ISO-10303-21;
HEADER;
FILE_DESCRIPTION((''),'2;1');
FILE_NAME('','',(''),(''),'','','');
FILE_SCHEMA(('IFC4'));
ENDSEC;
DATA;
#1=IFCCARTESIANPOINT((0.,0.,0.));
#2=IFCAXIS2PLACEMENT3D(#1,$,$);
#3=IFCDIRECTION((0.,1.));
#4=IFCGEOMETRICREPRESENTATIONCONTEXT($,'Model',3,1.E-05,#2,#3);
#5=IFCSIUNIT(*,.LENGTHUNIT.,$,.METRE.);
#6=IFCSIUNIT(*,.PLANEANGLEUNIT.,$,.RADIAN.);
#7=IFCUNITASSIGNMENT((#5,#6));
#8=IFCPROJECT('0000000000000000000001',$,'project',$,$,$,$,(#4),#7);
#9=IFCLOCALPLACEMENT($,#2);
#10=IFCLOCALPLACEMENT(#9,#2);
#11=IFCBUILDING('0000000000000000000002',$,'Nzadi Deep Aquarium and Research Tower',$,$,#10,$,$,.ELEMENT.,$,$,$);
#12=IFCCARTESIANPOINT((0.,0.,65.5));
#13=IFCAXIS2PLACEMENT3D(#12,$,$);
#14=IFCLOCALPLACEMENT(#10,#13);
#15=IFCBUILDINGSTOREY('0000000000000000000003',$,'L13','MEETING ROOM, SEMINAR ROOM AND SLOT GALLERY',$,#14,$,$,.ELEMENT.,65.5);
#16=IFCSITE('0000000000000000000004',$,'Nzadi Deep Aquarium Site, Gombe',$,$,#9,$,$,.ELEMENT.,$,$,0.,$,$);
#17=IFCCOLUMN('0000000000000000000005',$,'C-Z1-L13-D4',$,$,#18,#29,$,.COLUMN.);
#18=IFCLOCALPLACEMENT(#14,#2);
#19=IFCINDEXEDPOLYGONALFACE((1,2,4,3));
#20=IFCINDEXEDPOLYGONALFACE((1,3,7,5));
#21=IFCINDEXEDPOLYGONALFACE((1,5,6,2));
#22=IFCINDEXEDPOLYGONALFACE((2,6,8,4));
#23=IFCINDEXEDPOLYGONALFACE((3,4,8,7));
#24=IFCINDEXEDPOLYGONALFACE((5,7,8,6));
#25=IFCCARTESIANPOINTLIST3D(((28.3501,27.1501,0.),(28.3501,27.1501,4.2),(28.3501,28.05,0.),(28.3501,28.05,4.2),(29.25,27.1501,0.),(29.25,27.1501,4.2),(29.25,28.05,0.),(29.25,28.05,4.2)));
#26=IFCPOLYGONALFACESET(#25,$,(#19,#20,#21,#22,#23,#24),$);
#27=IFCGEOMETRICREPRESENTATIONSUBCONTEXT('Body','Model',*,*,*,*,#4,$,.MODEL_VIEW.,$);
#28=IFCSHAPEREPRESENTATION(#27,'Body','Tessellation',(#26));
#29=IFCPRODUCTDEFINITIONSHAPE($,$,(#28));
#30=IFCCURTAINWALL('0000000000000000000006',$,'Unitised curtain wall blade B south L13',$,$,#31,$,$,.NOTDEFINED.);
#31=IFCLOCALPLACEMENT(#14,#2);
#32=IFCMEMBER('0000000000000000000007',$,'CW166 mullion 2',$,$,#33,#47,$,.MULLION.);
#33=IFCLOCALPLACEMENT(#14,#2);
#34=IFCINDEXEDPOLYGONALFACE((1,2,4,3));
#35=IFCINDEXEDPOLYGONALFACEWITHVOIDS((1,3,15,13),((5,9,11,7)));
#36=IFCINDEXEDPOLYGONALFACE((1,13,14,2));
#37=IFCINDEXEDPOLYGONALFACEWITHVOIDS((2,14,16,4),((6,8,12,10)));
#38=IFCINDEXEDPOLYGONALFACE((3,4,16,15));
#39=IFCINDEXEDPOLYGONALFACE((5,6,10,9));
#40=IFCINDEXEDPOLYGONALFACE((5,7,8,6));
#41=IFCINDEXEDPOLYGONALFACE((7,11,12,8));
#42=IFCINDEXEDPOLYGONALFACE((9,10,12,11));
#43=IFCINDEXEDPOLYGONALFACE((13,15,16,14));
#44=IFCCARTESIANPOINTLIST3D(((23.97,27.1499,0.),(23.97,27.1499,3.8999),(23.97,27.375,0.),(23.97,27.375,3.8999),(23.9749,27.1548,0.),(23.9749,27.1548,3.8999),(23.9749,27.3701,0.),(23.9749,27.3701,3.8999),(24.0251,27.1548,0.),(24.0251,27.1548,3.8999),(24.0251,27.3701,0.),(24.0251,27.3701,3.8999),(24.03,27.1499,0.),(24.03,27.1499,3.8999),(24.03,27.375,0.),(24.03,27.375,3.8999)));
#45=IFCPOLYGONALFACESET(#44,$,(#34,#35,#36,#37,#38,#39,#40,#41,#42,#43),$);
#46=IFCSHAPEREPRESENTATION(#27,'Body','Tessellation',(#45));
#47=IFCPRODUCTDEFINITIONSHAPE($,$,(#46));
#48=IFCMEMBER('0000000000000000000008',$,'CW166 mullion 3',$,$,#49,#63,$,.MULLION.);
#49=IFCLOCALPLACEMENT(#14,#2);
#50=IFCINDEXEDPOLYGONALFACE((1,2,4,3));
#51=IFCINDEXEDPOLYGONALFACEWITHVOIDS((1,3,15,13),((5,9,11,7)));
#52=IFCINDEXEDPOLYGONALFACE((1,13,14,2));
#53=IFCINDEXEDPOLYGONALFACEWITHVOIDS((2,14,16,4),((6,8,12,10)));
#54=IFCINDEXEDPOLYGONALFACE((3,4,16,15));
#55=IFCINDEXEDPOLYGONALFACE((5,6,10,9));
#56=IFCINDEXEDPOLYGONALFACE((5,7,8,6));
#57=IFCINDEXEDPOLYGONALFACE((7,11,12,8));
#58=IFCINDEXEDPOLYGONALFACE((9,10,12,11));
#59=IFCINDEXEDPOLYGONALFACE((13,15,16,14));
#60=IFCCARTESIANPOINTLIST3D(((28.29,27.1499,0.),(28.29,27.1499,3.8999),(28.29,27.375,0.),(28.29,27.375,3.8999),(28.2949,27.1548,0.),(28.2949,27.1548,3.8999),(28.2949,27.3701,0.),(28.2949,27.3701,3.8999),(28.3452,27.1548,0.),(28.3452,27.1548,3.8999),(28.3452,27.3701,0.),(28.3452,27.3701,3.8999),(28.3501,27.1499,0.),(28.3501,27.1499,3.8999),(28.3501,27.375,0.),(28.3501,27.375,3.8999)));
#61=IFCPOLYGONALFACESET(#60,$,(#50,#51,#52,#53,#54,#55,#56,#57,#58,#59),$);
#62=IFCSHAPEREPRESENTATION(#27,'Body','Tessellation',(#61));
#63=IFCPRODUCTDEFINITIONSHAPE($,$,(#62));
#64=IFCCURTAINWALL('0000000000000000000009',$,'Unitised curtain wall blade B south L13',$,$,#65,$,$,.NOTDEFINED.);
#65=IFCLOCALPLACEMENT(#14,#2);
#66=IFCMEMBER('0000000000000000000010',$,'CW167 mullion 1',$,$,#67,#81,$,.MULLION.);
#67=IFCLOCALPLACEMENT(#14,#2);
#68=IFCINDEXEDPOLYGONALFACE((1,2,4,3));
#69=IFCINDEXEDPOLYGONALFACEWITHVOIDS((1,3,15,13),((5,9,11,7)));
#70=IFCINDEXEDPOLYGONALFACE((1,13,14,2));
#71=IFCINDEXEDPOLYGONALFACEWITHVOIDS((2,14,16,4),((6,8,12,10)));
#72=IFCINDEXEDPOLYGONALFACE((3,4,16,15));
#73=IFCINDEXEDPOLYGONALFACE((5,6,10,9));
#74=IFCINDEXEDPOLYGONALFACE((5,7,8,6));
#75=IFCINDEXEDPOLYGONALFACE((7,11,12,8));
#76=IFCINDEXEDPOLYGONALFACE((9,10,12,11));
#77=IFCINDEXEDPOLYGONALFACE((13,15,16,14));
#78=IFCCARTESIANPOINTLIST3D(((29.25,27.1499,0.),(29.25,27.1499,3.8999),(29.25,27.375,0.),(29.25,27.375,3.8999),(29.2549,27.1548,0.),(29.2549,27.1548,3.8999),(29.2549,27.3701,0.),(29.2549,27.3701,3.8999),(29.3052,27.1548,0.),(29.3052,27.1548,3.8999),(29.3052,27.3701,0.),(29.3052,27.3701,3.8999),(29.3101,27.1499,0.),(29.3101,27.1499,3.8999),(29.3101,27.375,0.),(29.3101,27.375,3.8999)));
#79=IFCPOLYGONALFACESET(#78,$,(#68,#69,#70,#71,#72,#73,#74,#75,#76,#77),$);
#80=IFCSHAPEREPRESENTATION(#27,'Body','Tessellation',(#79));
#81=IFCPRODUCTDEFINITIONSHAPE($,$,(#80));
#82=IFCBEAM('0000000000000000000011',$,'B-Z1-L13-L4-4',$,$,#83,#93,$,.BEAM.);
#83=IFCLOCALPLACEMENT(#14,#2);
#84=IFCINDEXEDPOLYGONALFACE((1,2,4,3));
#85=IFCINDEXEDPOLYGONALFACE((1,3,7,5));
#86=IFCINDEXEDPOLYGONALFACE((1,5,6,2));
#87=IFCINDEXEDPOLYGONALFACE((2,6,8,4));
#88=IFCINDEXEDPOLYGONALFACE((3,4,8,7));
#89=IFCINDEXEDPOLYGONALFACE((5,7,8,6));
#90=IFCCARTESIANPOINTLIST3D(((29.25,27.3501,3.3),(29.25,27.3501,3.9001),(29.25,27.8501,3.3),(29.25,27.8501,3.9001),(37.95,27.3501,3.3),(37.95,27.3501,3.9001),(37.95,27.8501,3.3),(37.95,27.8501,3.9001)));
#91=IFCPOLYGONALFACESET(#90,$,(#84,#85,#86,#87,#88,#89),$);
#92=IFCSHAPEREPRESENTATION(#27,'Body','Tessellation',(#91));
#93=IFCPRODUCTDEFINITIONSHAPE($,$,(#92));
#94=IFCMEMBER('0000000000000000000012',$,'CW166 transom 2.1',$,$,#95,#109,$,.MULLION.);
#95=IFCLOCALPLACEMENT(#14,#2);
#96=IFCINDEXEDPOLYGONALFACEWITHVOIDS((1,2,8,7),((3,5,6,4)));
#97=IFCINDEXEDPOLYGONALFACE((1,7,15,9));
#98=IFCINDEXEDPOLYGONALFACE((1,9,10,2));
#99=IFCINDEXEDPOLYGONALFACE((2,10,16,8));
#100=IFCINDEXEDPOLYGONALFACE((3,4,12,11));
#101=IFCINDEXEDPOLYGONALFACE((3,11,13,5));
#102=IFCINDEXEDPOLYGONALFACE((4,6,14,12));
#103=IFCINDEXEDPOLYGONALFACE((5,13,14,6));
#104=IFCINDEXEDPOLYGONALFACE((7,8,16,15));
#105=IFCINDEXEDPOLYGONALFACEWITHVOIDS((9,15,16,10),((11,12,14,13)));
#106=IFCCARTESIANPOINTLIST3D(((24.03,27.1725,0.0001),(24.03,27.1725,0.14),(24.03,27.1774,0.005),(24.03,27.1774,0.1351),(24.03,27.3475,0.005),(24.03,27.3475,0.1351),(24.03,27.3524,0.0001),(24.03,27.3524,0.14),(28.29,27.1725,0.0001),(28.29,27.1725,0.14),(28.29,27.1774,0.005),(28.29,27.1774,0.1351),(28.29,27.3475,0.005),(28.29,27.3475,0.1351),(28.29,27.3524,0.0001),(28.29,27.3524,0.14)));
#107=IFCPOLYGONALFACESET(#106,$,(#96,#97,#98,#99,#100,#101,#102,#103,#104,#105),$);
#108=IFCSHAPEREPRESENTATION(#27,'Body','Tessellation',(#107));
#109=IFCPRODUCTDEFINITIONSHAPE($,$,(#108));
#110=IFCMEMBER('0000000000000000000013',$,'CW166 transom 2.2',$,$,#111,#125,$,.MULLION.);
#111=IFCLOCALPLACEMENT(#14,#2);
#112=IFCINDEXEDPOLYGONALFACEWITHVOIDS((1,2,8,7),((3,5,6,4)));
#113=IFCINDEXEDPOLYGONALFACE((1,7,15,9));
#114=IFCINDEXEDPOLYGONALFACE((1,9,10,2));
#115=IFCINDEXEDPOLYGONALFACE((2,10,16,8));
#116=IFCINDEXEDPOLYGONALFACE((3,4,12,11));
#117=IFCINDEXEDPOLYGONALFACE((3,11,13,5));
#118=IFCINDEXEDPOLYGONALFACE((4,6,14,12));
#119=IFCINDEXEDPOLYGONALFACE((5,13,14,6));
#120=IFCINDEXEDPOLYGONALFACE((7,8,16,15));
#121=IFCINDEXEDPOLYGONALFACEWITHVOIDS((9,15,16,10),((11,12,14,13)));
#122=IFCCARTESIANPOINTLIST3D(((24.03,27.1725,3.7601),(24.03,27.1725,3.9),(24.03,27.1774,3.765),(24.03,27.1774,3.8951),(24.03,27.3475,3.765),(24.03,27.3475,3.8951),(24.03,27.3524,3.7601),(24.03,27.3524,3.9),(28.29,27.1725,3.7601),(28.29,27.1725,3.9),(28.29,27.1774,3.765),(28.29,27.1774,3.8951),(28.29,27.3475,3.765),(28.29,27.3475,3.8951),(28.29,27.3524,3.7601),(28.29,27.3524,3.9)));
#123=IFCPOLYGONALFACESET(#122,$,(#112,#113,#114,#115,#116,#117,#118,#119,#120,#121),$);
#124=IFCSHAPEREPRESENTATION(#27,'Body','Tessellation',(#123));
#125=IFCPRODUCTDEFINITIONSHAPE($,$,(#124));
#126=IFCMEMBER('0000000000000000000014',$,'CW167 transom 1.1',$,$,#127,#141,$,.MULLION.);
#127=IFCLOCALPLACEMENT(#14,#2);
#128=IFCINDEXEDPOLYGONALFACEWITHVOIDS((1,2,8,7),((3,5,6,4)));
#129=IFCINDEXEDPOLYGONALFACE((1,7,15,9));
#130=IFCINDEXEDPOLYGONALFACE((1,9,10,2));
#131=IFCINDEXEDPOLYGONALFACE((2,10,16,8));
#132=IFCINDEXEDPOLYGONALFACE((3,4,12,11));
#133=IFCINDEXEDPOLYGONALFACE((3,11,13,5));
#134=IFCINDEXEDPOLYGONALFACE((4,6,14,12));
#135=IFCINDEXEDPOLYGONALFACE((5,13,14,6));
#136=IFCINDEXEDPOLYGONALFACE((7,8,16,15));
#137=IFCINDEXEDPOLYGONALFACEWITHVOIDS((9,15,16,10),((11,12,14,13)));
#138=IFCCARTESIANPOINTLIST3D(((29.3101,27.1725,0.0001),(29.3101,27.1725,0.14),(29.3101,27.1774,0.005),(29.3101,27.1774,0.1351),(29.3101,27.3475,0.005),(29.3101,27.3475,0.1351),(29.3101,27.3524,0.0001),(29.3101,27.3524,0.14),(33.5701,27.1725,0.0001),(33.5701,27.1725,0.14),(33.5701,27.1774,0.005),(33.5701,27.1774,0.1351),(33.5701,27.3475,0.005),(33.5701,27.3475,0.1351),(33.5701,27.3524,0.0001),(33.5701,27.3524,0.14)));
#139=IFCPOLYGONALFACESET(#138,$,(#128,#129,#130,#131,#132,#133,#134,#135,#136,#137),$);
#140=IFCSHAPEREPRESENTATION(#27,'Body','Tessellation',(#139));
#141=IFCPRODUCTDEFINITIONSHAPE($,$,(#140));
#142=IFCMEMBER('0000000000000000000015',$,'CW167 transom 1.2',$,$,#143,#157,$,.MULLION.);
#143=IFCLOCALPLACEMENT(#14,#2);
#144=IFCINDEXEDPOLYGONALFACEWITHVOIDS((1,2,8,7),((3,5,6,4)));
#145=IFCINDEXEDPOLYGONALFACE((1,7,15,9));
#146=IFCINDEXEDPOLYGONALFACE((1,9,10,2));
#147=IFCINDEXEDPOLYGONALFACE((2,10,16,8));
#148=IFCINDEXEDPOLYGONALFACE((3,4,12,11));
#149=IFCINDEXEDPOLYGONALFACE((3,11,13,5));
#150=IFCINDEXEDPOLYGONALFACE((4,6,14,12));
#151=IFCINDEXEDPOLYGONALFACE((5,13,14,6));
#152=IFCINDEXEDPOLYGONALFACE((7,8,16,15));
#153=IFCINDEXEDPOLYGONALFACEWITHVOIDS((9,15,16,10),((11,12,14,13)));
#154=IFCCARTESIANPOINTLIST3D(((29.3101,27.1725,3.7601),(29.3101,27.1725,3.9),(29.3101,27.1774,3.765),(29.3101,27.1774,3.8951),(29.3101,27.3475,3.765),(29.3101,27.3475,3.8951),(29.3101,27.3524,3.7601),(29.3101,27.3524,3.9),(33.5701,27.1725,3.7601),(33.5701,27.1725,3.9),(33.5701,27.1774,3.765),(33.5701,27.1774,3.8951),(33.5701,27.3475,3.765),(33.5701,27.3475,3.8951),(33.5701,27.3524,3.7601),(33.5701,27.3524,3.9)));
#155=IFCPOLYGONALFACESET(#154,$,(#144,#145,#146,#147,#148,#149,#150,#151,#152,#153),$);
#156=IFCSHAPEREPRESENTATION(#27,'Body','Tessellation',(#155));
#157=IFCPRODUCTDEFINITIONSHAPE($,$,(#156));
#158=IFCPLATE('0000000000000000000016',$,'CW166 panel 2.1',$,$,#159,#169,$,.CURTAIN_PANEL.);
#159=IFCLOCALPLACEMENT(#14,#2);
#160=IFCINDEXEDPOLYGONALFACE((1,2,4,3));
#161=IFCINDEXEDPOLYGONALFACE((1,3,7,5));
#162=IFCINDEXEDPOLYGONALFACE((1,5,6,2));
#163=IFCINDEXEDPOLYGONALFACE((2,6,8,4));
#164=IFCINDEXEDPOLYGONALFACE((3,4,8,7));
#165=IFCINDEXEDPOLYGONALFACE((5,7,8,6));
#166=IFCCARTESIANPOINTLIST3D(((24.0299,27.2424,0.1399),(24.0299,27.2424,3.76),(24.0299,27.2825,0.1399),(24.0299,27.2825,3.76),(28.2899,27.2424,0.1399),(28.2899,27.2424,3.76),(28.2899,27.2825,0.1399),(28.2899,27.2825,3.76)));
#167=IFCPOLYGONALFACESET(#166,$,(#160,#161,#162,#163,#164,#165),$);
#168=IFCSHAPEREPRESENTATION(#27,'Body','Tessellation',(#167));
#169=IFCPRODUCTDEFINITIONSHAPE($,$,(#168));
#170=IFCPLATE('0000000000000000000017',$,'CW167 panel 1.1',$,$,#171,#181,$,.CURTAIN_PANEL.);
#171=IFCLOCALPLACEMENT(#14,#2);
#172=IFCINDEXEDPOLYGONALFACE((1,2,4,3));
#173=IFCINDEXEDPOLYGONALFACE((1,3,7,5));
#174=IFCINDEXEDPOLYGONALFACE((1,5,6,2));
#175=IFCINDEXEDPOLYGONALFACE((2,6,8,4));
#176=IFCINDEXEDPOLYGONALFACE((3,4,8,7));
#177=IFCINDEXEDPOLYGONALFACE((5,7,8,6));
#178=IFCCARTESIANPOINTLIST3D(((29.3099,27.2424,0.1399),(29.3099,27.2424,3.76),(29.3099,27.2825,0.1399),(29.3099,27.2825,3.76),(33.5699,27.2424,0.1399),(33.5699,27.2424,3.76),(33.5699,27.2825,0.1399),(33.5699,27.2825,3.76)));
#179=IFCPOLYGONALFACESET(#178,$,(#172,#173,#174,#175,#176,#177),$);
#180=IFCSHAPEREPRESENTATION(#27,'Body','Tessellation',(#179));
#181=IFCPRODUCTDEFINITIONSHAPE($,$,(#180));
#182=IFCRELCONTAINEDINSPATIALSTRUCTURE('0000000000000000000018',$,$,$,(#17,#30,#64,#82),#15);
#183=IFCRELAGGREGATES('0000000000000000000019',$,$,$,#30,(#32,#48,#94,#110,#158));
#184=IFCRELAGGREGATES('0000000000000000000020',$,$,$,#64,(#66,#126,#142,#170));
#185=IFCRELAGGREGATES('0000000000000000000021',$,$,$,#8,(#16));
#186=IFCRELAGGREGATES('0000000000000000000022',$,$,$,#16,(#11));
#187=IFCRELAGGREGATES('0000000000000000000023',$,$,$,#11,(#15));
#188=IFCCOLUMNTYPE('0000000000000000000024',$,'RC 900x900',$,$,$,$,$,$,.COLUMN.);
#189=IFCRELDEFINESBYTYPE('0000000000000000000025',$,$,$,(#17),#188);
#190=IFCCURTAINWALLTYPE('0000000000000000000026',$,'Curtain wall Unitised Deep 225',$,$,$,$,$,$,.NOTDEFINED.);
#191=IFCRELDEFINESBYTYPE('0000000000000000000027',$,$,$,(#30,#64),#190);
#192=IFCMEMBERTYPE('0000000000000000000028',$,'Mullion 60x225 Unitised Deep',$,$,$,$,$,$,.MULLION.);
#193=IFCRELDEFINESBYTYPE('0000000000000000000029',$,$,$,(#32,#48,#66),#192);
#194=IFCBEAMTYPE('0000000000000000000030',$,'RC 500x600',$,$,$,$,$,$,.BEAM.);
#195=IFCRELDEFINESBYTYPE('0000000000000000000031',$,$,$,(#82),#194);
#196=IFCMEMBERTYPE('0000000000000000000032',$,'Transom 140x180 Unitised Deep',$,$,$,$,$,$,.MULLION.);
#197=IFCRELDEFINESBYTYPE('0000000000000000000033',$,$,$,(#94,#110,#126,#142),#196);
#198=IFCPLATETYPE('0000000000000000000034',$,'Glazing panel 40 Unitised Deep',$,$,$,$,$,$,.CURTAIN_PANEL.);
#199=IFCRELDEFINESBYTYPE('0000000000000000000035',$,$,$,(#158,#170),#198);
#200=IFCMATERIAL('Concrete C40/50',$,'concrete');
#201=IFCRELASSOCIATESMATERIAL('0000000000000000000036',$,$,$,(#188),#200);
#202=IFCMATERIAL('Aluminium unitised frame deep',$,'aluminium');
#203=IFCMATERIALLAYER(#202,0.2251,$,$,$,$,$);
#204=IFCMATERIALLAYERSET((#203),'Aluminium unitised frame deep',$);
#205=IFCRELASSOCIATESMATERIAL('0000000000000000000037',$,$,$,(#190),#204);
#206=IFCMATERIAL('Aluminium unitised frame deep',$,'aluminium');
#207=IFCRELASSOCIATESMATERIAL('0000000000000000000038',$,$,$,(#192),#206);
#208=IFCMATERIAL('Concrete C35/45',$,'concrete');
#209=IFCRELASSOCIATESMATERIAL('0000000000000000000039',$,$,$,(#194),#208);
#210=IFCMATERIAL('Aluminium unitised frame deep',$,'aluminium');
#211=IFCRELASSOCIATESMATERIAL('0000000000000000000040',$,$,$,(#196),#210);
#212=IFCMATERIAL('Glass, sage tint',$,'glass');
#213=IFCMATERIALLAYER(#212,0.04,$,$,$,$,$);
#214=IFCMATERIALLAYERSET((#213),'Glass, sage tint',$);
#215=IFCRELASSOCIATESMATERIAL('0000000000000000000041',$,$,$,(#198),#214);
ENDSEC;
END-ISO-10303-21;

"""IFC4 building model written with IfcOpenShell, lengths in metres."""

from ifc_helpers import new_model, si_unit, direction, frame, origin, origin_2d, place, context, subcontext, project, spatial, rectangle, hollow_rectangle, extrude, material, layer, layer_set, material_profile, profile_set, type_object, element, aggregate, save


model = new_model("IFC4")

# Units and contexts
model_context = context("Model", 3, precision=1e-05, world=origin(), true_north=direction((0.0, 1.0)))
body_context = subcontext(model_context, "Body", "Model", "MODEL_VIEW")
ifc_project = project(units=[si_unit("LENGTHUNIT", "METRE"), si_unit("PLANEANGLEUNIT", "RADIAN")], contexts=[model_context])

# Site, building, storey
site_placement = place(None, origin())
site = spatial("IfcSite", under=ifc_project, at=site_placement, Name="Nzadi Deep Aquarium Site, Gombe", CompositionType="ELEMENT", RefElevation=0.0)
building_placement = place(site_placement, origin())
building = spatial("IfcBuilding", under=site, at=building_placement, Name="Nzadi Deep Aquarium and Research Tower", CompositionType="ELEMENT")
storey_placement = place(building_placement, frame((0.0, 0.0, 65.5)))
storey = spatial("IfcBuildingStorey", under=building, at=storey_placement, Name="L13", Description="MEETING ROOM, SEMINAR ROOM AND SLOT GALLERY", CompositionType="ELEMENT", Elevation=65.5)

# Column
ifc_material_1 = material(Name="Concrete C40/50", Category="concrete")
ifc_material_profile_1 = material_profile(ifc_material_1, rectangle(XDim=0.8999, YDim=0.8999, at=origin_2d()))
ifc_profile_set_1 = profile_set([ifc_material_profile_1], Name="Concrete C40/50")
column_type = type_object("IfcColumnType", Name="RC 900x900", PredefinedType="COLUMN", material=ifc_profile_set_1)
column_placement = place(storey_placement, frame((28.8, 27.6001, 0.0), z_axis=(0.0, 0.0, 1.0), x_axis=(1.0, 0.0, 0.0)))
element("IfcColumn", 1, at=column_placement, inside=storey, type_object=column_type, Name="C-Z1-L13-D4", PredefinedType="COLUMN", context=body_context, shape_type="SweptSolid", body=[
    extrude(rectangle(XDim=0.8999, YDim=0.8999, at=origin_2d()), origin(), (0.0, 0.0, 1.0), 4.2),
])

# Curtain wall, members
ifc_material_2 = material(Name="Aluminium unitised frame deep", Category="aluminium")
ifc_layer_1 = layer(ifc_material_2, 0.2251)
ifc_layer_set_1 = layer_set([ifc_layer_1], Name="Aluminium unitised frame deep")
curtain_wall_type = type_object("IfcCurtainWallType", Name="Curtain wall Unitised Deep 225", PredefinedType="NOTDEFINED", material=ifc_layer_set_1)
curtain_wall_1_placement = place(storey_placement, origin())
curtain_wall_1 = element("IfcCurtainWall", 2, at=curtain_wall_1_placement, inside=storey, type_object=curtain_wall_type, Name="Unitised curtain wall blade B south L13", PredefinedType="NOTDEFINED")
ifc_material_3 = material(Name="Aluminium unitised frame deep", Category="aluminium")
ifc_material_profile_2 = material_profile(ifc_material_3, hollow_rectangle(XDim=0.2251, YDim=0.0601, WallThickness=0.0049, at=origin_2d()))
ifc_profile_set_2 = profile_set([ifc_material_profile_2], Name="Aluminium unitised frame deep")
member_type_1 = type_object("IfcMemberType", Name="Mullion 60x225 Unitised Deep", PredefinedType="MULLION", material=ifc_profile_set_2)
member_1_placement = place(storey_placement, frame((24.0, 27.2625, 0.0), z_axis=(0.0, 0.0, 1.0), x_axis=(0.0, 1.0, 0.0)))
member_1 = element("IfcMember", 3, at=member_1_placement, type_object=member_type_1, Name="CW166 mullion 2", PredefinedType="MULLION", context=body_context, shape_type="SweptSolid", body=[
    extrude(hollow_rectangle(XDim=0.2251, YDim=0.0601, WallThickness=0.0049, at=origin_2d()), origin(), (0.0, 0.0, 1.0), 3.8999),
])
member_2_placement = place(storey_placement, frame((28.3201, 27.2625, 0.0), z_axis=(0.0, 0.0, 1.0), x_axis=(0.0, 1.0, 0.0)))
member_2 = element("IfcMember", 4, at=member_2_placement, type_object=member_type_1, Name="CW166 mullion 3", PredefinedType="MULLION", context=body_context, shape_type="SweptSolid", body=[
    extrude(hollow_rectangle(XDim=0.2251, YDim=0.0601, WallThickness=0.0049, at=origin_2d()), origin(), (0.0, 0.0, 1.0), 3.8999),
])

# Curtain wall, member
curtain_wall_2_placement = place(storey_placement, origin())
curtain_wall_2 = element("IfcCurtainWall", 5, at=curtain_wall_2_placement, inside=storey, type_object=curtain_wall_type, Name="Unitised curtain wall blade B south L13", PredefinedType="NOTDEFINED")
member_3_placement = place(storey_placement, frame((29.28, 27.2625, 0.0), z_axis=(0.0, 0.0, 1.0), x_axis=(0.0, 1.0, 0.0)))
member_3 = element("IfcMember", 6, at=member_3_placement, type_object=member_type_1, Name="CW167 mullion 1", PredefinedType="MULLION", context=body_context, shape_type="SweptSolid", body=[
    extrude(hollow_rectangle(XDim=0.2251, YDim=0.0601, WallThickness=0.0049, at=origin_2d()), origin(), (0.0, 0.0, 1.0), 3.8999),
])

# Beam
ifc_material_4 = material(Name="Concrete C35/45", Category="concrete")
ifc_material_profile_3 = material_profile(ifc_material_4, rectangle(XDim=0.5, YDim=0.6001, at=origin_2d()))
ifc_profile_set_3 = profile_set([ifc_material_profile_3], Name="Concrete C35/45")
beam_type = type_object("IfcBeamType", Name="RC 500x600", PredefinedType="BEAM", material=ifc_profile_set_3)
beam_placement = place(storey_placement, frame((29.25, 27.6001, 3.6001), z_axis=(1.0, 0.0, 0.0), x_axis=(0.0, 1.0, 0.0)))
element("IfcBeam", 7, at=beam_placement, inside=storey, type_object=beam_type, Name="B-Z1-L13-L4-4", PredefinedType="BEAM", context=body_context, shape_type="SweptSolid", body=[
    extrude(rectangle(XDim=0.5, YDim=0.6001, at=origin_2d()), origin(), (0.0, 0.0, 1.0), 8.7),
])

# Members
ifc_material_5 = material(Name="Aluminium unitised frame deep", Category="aluminium")
ifc_material_profile_4 = material_profile(ifc_material_5, hollow_rectangle(XDim=0.1799, YDim=0.1399, WallThickness=0.0049, at=origin_2d()))
ifc_profile_set_4 = profile_set([ifc_material_profile_4], Name="Aluminium unitised frame deep")
member_type_2 = type_object("IfcMemberType", Name="Transom 140x180 Unitised Deep", PredefinedType="MULLION", material=ifc_profile_set_4)
member_4_placement = place(storey_placement, frame((24.03, 27.2625, 0.0701), z_axis=(1.0, 0.0, 0.0), x_axis=(0.0, 1.0, 0.0)))
member_4 = element("IfcMember", 8, at=member_4_placement, type_object=member_type_2, Name="CW166 transom 2.1", PredefinedType="MULLION", context=body_context, shape_type="SweptSolid", body=[
    extrude(hollow_rectangle(XDim=0.1799, YDim=0.1399, WallThickness=0.0049, at=origin_2d()), origin(), (0.0, 0.0, 1.0), 4.26),
])
member_5_placement = place(storey_placement, frame((24.03, 27.2625, 3.8301), z_axis=(1.0, 0.0, 0.0), x_axis=(0.0, 1.0, 0.0)))
member_5 = element("IfcMember", 9, at=member_5_placement, type_object=member_type_2, Name="CW166 transom 2.2", PredefinedType="MULLION", context=body_context, shape_type="SweptSolid", body=[
    extrude(hollow_rectangle(XDim=0.1799, YDim=0.1399, WallThickness=0.0049, at=origin_2d()), origin(), (0.0, 0.0, 1.0), 4.26),
])
member_6_placement = place(storey_placement, frame((29.3101, 27.2625, 0.0701), z_axis=(1.0, 0.0, 0.0), x_axis=(0.0, 1.0, 0.0)))
member_6 = element("IfcMember", 10, at=member_6_placement, type_object=member_type_2, Name="CW167 transom 1.1", PredefinedType="MULLION", context=body_context, shape_type="SweptSolid", body=[
    extrude(hollow_rectangle(XDim=0.1799, YDim=0.1399, WallThickness=0.0049, at=origin_2d()), origin(), (0.0, 0.0, 1.0), 4.26),
])
member_7_placement = place(storey_placement, frame((29.3101, 27.2625, 3.8301), z_axis=(1.0, 0.0, 0.0), x_axis=(0.0, 1.0, 0.0)))
member_7 = element("IfcMember", 11, at=member_7_placement, type_object=member_type_2, Name="CW167 transom 1.2", PredefinedType="MULLION", context=body_context, shape_type="SweptSolid", body=[
    extrude(hollow_rectangle(XDim=0.1799, YDim=0.1399, WallThickness=0.0049, at=origin_2d()), origin(), (0.0, 0.0, 1.0), 4.26),
])

# Plates
ifc_material_6 = material(Name="Glass, sage tint", Category="glass")
ifc_layer_2 = layer(ifc_material_6, 0.04)
ifc_layer_set_2 = layer_set([ifc_layer_2], Name="Glass, sage tint")
plate_type = type_object("IfcPlateType", Name="Glazing panel 40 Unitised Deep", PredefinedType="CURTAIN_PANEL", material=ifc_layer_set_2)
plate_1_placement = place(storey_placement, frame((26.1599, 27.2625, 0.1399), z_axis=(0.0, 0.0, 1.0), x_axis=(1.0, 0.0, 0.0)))
plate_1 = element("IfcPlate", 12, at=plate_1_placement, type_object=plate_type, Name="CW166 panel 2.1", PredefinedType="CURTAIN_PANEL", context=body_context, shape_type="SweptSolid", body=[
    extrude(rectangle(XDim=4.26, YDim=0.04, at=origin_2d()), origin(), (0.0, 0.0, 1.0), 3.6201),
])
aggregate(curtain_wall_1, [member_1, member_2, member_4, member_5, plate_1])
plate_2_placement = place(storey_placement, frame((31.4399, 27.2625, 0.1399), z_axis=(0.0, 0.0, 1.0), x_axis=(1.0, 0.0, 0.0)))
plate_2 = element("IfcPlate", 13, at=plate_2_placement, type_object=plate_type, Name="CW167 panel 1.1", PredefinedType="CURTAIN_PANEL", context=body_context, shape_type="SweptSolid", body=[
    extrude(rectangle(XDim=4.26, YDim=0.04, at=origin_2d()), origin(), (0.0, 0.0, 1.0), 3.6201),
])
aggregate(curtain_wall_2, [member_3, member_6, member_7, plate_2])

save(model, "model.ifc")
